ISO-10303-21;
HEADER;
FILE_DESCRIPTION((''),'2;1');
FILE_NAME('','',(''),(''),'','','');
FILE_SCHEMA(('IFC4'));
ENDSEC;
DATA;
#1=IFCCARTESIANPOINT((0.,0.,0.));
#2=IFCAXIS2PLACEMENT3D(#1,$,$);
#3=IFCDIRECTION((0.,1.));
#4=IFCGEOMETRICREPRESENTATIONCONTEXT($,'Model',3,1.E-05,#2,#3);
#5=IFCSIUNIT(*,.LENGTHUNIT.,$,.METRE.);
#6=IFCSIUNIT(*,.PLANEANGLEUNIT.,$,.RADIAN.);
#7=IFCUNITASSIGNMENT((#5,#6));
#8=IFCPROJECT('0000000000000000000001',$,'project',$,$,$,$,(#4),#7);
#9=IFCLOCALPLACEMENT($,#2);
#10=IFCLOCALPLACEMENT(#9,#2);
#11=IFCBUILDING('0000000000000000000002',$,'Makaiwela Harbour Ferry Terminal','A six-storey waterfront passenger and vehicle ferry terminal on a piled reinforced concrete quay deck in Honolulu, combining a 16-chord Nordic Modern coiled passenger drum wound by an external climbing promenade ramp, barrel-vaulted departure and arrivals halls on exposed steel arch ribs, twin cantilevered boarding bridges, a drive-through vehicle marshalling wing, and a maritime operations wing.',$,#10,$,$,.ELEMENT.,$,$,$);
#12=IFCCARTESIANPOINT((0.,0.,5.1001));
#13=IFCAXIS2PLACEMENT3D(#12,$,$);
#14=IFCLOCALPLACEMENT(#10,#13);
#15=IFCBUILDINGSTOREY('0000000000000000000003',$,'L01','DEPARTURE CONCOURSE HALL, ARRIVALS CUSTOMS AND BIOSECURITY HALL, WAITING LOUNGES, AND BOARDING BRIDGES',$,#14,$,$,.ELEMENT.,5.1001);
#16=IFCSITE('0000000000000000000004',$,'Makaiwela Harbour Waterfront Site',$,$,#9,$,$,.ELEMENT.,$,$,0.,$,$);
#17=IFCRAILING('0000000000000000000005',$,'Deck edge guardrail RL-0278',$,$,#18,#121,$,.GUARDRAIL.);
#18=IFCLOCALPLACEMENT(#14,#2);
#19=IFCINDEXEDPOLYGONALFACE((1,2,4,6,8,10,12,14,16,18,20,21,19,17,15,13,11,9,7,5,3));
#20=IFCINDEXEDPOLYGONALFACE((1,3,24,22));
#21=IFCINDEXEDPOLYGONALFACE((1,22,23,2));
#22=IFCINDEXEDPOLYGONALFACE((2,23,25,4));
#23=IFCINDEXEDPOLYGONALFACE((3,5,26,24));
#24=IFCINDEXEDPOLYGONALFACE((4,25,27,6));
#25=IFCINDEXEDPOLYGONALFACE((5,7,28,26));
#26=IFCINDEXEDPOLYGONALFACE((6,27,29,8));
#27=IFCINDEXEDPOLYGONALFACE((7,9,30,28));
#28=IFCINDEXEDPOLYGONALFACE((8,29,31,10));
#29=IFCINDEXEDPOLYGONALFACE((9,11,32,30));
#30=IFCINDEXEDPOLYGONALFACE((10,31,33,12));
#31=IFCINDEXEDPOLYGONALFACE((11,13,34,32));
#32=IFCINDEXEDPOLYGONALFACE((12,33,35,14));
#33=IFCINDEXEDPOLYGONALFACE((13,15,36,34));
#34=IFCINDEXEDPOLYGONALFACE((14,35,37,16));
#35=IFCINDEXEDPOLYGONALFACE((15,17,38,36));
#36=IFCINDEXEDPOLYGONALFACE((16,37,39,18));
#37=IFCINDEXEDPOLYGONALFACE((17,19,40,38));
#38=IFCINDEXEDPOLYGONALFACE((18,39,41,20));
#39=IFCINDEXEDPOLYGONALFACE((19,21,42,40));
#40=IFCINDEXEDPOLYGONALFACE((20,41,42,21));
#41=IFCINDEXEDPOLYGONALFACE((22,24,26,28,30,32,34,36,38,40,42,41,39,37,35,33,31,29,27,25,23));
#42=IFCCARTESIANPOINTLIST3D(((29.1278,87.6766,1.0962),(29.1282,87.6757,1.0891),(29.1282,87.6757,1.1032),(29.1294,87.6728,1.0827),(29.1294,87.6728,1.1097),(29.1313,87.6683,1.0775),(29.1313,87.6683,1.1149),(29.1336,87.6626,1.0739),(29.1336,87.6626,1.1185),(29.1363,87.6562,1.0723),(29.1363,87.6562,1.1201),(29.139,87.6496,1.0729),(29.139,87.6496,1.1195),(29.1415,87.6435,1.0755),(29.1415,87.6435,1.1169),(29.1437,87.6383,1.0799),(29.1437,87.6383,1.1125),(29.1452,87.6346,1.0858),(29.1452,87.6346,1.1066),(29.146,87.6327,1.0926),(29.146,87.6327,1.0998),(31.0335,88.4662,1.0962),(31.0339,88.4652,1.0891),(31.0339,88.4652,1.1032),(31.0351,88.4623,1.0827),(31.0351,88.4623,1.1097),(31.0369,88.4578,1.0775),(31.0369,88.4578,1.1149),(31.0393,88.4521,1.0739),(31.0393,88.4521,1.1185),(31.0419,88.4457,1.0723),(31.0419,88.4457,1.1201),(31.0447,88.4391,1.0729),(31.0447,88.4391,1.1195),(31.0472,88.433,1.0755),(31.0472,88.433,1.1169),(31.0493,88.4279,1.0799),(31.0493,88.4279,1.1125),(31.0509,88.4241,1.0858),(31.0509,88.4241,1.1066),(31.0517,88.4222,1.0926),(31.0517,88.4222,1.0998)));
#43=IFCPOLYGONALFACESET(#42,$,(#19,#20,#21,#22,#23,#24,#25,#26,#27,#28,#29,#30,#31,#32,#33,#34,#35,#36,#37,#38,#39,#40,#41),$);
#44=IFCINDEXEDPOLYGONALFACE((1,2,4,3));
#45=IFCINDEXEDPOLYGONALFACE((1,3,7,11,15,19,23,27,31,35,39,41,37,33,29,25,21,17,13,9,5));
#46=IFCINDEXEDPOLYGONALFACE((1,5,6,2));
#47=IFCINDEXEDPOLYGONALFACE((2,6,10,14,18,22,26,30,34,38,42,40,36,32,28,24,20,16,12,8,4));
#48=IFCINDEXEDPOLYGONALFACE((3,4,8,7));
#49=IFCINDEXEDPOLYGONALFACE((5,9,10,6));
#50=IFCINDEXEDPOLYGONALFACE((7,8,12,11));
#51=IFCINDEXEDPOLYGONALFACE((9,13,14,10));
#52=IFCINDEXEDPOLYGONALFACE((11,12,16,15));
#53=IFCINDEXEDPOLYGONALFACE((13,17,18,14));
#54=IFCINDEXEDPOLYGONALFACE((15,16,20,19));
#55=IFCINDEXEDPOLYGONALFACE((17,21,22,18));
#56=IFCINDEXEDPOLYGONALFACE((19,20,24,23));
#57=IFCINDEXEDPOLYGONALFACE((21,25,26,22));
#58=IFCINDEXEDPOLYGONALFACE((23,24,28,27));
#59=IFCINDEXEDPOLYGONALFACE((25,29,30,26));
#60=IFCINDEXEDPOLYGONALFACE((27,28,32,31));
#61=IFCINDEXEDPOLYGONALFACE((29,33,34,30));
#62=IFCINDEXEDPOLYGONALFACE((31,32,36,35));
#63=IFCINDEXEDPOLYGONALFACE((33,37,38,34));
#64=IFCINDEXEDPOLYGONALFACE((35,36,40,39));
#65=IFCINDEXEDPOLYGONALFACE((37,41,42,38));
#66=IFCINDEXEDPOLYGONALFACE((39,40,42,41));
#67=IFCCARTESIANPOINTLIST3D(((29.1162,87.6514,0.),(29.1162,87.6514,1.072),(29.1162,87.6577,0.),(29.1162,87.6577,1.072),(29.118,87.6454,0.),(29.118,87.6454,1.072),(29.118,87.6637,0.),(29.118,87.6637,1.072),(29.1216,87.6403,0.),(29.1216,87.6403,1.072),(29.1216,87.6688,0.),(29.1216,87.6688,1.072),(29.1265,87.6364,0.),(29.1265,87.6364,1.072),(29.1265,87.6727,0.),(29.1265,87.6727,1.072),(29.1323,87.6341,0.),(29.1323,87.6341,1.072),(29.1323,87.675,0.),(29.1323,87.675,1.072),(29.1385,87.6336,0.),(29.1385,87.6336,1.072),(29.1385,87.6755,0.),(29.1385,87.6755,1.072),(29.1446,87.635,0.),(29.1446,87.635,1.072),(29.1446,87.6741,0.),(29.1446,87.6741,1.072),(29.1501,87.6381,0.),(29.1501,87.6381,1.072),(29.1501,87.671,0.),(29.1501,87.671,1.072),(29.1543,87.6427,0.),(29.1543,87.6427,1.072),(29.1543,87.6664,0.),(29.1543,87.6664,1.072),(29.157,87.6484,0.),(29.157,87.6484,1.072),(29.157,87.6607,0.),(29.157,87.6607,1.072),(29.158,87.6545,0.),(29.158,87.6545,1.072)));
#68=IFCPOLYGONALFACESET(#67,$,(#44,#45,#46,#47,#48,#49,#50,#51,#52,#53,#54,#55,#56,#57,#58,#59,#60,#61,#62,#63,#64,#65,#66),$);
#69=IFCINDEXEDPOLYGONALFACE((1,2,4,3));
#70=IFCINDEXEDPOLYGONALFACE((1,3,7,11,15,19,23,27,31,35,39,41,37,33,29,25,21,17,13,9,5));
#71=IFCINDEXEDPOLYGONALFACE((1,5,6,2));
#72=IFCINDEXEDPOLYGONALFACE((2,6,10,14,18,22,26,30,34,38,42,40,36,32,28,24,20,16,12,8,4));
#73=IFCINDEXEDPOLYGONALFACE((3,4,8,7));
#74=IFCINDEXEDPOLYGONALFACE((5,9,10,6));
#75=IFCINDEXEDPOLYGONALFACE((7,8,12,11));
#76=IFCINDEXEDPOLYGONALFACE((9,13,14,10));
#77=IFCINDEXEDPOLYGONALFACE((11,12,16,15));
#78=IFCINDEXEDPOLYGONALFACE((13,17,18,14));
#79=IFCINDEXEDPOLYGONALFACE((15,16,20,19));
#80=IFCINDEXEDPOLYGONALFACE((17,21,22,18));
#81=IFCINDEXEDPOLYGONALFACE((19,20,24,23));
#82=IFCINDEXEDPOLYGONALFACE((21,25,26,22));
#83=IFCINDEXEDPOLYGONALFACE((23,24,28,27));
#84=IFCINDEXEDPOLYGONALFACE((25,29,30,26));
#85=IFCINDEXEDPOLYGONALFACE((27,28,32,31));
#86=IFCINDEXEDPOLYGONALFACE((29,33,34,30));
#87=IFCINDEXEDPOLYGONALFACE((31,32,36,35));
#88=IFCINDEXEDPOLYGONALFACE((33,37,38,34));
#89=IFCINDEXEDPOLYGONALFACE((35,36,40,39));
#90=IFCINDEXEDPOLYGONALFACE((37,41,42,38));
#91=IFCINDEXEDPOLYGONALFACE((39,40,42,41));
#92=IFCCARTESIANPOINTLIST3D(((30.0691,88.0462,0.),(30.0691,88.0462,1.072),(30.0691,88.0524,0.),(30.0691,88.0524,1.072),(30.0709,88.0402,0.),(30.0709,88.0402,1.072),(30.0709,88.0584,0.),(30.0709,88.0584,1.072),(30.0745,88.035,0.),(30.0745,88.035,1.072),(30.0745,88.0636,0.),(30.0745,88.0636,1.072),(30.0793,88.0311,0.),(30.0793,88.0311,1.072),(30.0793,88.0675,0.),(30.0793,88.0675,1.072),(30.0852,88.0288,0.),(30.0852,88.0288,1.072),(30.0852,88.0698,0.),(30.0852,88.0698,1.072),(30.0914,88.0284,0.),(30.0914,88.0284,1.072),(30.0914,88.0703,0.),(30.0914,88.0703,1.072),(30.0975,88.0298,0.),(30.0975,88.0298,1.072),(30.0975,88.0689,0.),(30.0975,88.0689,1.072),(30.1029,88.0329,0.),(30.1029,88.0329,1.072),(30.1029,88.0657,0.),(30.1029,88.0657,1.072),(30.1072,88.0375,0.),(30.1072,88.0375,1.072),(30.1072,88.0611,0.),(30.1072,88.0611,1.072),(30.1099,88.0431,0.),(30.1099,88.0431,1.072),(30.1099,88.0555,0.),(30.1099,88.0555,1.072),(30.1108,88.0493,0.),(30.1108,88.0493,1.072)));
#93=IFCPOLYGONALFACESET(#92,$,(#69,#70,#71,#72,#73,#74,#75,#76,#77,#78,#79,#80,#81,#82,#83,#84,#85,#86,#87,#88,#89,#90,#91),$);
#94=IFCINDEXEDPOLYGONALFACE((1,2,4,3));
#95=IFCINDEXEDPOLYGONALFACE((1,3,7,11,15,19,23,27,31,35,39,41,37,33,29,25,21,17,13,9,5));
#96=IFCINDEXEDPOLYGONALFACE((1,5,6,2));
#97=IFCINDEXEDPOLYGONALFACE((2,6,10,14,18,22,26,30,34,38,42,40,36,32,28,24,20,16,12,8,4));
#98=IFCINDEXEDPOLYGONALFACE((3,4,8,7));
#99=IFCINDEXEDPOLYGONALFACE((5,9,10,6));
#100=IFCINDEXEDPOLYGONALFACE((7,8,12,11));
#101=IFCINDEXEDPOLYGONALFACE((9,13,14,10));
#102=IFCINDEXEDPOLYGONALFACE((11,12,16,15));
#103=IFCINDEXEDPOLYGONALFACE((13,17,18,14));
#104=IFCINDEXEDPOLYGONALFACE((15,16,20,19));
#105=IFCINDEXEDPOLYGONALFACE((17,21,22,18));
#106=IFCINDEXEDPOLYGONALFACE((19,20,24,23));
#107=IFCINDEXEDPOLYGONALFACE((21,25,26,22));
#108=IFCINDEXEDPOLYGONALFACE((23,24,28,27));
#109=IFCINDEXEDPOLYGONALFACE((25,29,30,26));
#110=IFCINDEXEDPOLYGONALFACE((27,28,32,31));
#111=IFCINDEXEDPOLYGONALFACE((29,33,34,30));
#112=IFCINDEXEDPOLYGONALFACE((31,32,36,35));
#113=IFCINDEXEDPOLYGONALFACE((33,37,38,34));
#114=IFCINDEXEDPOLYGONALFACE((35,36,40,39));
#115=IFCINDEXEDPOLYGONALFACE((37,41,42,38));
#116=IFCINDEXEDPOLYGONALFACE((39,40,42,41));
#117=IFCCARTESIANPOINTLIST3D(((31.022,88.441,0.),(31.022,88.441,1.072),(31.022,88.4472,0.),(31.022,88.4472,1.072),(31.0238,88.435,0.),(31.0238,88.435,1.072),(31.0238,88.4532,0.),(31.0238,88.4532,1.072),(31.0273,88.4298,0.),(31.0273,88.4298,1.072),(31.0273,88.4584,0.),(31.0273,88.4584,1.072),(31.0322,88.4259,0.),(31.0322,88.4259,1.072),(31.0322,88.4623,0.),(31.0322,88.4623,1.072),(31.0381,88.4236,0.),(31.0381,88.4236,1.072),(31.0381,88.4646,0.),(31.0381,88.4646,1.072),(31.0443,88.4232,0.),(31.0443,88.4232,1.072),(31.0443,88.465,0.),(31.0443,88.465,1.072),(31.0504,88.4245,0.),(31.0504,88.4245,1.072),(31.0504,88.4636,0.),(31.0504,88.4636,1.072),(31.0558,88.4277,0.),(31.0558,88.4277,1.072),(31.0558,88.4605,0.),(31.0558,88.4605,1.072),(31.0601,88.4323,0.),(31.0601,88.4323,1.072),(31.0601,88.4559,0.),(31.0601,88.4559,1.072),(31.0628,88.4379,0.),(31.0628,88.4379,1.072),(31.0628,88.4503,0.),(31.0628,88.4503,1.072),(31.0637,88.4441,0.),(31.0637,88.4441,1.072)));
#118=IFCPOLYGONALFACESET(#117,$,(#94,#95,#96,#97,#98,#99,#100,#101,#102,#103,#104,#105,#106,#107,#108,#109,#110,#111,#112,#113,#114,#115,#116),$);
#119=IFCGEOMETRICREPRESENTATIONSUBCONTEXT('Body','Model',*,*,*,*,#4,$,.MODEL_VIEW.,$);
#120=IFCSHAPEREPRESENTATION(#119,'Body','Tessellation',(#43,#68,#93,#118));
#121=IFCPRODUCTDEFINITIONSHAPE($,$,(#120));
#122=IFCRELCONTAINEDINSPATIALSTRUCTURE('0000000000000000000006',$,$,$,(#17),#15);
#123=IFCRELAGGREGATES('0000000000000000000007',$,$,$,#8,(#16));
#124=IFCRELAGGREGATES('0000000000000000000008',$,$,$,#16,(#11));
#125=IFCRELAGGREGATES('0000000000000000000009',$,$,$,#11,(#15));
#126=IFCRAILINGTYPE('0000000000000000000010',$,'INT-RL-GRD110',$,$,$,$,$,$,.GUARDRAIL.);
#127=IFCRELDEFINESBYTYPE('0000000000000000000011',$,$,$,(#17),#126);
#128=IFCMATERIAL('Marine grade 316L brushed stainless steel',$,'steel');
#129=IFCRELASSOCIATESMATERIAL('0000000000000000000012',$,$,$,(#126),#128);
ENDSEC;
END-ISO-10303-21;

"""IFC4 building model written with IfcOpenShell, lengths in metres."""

from ifc_helpers import new_model, si_unit, direction, frame, origin, origin_2d, place, context, subcontext, project, spatial, circle, extrude, material, type_object, element, save


model = new_model("IFC4")

# Units and contexts
model_context = context("Model", 3, precision=1e-05, world=origin(), true_north=direction((0.0, 1.0)))
body_context = subcontext(model_context, "Body", "Model", "MODEL_VIEW")
ifc_project = project(units=[si_unit("LENGTHUNIT", "METRE"), si_unit("PLANEANGLEUNIT", "RADIAN")], contexts=[model_context])

# Site, building, storey
site_placement = place(None, origin())
site = spatial("IfcSite", under=ifc_project, at=site_placement, Name="Makaiwela Harbour Waterfront Site", CompositionType="ELEMENT", RefElevation=0.0)
building_placement = place(site_placement, origin())
building = spatial("IfcBuilding", under=site, at=building_placement, Name="Makaiwela Harbour Ferry Terminal", Description="A six-storey waterfront passenger and vehicle ferry terminal on a piled reinforced concrete quay deck in Honolulu, combining a 16-chord Nordic Modern coiled passenger drum wound by an external climbing promenade ramp, barrel-vaulted departure and arrivals halls on exposed steel arch ribs, twin cantilevered boarding bridges, a drive-through vehicle marshalling wing, and a maritime operations wing.", CompositionType="ELEMENT")
storey_placement = place(building_placement, frame((0.0, 0.0, 5.1001)))
storey = spatial("IfcBuildingStorey", under=building, at=storey_placement, Name="L01", Description="DEPARTURE CONCOURSE HALL, ARRIVALS CUSTOMS AND BIOSECURITY HALL, WAITING LOUNGES, AND BOARDING BRIDGES", CompositionType="ELEMENT", Elevation=5.1001)

# Railing
ifc_material_1 = material(Name="Marine grade 316L brushed stainless steel", Category="steel")
railing_type_1 = type_object("IfcRailingType", Name="INT-RL-GRD110", PredefinedType="GUARDRAIL", material=ifc_material_1)
railing_1_placement = place(storey_placement, frame((29.137, 87.6545, 0.0)))
element("IfcRailing", 1, at=railing_1_placement, inside=storey, type_object=railing_type_1, Name="Deck edge guardrail RL-0278", PredefinedType="GUARDRAIL", context=body_context, shape_type="SweptSolid", body=[
    extrude(circle(Radius=0.0239, at=origin_2d()), frame((0.0, 0.0, 1.0962), z_axis=(0.923852, 0.382749, 0.0), x_axis=(-0.382749, 0.923852, 0.0)), (0.0, 0.0, 1.0), 2.0627),
    extrude(circle(Radius=0.021, at=origin_2d()), origin(), (0.0, 0.0, 1.0), 1.072),
    extrude(circle(Radius=0.021, at=origin_2d()), frame((0.9529, 0.3948, 0.0)), (0.0, 0.0, 1.0), 1.072),
    extrude(circle(Radius=0.021, at=origin_2d()), frame((1.9058, 0.7896, 0.0)), (0.0, 0.0, 1.0), 1.072),
])

save(model, "model.ifc")
